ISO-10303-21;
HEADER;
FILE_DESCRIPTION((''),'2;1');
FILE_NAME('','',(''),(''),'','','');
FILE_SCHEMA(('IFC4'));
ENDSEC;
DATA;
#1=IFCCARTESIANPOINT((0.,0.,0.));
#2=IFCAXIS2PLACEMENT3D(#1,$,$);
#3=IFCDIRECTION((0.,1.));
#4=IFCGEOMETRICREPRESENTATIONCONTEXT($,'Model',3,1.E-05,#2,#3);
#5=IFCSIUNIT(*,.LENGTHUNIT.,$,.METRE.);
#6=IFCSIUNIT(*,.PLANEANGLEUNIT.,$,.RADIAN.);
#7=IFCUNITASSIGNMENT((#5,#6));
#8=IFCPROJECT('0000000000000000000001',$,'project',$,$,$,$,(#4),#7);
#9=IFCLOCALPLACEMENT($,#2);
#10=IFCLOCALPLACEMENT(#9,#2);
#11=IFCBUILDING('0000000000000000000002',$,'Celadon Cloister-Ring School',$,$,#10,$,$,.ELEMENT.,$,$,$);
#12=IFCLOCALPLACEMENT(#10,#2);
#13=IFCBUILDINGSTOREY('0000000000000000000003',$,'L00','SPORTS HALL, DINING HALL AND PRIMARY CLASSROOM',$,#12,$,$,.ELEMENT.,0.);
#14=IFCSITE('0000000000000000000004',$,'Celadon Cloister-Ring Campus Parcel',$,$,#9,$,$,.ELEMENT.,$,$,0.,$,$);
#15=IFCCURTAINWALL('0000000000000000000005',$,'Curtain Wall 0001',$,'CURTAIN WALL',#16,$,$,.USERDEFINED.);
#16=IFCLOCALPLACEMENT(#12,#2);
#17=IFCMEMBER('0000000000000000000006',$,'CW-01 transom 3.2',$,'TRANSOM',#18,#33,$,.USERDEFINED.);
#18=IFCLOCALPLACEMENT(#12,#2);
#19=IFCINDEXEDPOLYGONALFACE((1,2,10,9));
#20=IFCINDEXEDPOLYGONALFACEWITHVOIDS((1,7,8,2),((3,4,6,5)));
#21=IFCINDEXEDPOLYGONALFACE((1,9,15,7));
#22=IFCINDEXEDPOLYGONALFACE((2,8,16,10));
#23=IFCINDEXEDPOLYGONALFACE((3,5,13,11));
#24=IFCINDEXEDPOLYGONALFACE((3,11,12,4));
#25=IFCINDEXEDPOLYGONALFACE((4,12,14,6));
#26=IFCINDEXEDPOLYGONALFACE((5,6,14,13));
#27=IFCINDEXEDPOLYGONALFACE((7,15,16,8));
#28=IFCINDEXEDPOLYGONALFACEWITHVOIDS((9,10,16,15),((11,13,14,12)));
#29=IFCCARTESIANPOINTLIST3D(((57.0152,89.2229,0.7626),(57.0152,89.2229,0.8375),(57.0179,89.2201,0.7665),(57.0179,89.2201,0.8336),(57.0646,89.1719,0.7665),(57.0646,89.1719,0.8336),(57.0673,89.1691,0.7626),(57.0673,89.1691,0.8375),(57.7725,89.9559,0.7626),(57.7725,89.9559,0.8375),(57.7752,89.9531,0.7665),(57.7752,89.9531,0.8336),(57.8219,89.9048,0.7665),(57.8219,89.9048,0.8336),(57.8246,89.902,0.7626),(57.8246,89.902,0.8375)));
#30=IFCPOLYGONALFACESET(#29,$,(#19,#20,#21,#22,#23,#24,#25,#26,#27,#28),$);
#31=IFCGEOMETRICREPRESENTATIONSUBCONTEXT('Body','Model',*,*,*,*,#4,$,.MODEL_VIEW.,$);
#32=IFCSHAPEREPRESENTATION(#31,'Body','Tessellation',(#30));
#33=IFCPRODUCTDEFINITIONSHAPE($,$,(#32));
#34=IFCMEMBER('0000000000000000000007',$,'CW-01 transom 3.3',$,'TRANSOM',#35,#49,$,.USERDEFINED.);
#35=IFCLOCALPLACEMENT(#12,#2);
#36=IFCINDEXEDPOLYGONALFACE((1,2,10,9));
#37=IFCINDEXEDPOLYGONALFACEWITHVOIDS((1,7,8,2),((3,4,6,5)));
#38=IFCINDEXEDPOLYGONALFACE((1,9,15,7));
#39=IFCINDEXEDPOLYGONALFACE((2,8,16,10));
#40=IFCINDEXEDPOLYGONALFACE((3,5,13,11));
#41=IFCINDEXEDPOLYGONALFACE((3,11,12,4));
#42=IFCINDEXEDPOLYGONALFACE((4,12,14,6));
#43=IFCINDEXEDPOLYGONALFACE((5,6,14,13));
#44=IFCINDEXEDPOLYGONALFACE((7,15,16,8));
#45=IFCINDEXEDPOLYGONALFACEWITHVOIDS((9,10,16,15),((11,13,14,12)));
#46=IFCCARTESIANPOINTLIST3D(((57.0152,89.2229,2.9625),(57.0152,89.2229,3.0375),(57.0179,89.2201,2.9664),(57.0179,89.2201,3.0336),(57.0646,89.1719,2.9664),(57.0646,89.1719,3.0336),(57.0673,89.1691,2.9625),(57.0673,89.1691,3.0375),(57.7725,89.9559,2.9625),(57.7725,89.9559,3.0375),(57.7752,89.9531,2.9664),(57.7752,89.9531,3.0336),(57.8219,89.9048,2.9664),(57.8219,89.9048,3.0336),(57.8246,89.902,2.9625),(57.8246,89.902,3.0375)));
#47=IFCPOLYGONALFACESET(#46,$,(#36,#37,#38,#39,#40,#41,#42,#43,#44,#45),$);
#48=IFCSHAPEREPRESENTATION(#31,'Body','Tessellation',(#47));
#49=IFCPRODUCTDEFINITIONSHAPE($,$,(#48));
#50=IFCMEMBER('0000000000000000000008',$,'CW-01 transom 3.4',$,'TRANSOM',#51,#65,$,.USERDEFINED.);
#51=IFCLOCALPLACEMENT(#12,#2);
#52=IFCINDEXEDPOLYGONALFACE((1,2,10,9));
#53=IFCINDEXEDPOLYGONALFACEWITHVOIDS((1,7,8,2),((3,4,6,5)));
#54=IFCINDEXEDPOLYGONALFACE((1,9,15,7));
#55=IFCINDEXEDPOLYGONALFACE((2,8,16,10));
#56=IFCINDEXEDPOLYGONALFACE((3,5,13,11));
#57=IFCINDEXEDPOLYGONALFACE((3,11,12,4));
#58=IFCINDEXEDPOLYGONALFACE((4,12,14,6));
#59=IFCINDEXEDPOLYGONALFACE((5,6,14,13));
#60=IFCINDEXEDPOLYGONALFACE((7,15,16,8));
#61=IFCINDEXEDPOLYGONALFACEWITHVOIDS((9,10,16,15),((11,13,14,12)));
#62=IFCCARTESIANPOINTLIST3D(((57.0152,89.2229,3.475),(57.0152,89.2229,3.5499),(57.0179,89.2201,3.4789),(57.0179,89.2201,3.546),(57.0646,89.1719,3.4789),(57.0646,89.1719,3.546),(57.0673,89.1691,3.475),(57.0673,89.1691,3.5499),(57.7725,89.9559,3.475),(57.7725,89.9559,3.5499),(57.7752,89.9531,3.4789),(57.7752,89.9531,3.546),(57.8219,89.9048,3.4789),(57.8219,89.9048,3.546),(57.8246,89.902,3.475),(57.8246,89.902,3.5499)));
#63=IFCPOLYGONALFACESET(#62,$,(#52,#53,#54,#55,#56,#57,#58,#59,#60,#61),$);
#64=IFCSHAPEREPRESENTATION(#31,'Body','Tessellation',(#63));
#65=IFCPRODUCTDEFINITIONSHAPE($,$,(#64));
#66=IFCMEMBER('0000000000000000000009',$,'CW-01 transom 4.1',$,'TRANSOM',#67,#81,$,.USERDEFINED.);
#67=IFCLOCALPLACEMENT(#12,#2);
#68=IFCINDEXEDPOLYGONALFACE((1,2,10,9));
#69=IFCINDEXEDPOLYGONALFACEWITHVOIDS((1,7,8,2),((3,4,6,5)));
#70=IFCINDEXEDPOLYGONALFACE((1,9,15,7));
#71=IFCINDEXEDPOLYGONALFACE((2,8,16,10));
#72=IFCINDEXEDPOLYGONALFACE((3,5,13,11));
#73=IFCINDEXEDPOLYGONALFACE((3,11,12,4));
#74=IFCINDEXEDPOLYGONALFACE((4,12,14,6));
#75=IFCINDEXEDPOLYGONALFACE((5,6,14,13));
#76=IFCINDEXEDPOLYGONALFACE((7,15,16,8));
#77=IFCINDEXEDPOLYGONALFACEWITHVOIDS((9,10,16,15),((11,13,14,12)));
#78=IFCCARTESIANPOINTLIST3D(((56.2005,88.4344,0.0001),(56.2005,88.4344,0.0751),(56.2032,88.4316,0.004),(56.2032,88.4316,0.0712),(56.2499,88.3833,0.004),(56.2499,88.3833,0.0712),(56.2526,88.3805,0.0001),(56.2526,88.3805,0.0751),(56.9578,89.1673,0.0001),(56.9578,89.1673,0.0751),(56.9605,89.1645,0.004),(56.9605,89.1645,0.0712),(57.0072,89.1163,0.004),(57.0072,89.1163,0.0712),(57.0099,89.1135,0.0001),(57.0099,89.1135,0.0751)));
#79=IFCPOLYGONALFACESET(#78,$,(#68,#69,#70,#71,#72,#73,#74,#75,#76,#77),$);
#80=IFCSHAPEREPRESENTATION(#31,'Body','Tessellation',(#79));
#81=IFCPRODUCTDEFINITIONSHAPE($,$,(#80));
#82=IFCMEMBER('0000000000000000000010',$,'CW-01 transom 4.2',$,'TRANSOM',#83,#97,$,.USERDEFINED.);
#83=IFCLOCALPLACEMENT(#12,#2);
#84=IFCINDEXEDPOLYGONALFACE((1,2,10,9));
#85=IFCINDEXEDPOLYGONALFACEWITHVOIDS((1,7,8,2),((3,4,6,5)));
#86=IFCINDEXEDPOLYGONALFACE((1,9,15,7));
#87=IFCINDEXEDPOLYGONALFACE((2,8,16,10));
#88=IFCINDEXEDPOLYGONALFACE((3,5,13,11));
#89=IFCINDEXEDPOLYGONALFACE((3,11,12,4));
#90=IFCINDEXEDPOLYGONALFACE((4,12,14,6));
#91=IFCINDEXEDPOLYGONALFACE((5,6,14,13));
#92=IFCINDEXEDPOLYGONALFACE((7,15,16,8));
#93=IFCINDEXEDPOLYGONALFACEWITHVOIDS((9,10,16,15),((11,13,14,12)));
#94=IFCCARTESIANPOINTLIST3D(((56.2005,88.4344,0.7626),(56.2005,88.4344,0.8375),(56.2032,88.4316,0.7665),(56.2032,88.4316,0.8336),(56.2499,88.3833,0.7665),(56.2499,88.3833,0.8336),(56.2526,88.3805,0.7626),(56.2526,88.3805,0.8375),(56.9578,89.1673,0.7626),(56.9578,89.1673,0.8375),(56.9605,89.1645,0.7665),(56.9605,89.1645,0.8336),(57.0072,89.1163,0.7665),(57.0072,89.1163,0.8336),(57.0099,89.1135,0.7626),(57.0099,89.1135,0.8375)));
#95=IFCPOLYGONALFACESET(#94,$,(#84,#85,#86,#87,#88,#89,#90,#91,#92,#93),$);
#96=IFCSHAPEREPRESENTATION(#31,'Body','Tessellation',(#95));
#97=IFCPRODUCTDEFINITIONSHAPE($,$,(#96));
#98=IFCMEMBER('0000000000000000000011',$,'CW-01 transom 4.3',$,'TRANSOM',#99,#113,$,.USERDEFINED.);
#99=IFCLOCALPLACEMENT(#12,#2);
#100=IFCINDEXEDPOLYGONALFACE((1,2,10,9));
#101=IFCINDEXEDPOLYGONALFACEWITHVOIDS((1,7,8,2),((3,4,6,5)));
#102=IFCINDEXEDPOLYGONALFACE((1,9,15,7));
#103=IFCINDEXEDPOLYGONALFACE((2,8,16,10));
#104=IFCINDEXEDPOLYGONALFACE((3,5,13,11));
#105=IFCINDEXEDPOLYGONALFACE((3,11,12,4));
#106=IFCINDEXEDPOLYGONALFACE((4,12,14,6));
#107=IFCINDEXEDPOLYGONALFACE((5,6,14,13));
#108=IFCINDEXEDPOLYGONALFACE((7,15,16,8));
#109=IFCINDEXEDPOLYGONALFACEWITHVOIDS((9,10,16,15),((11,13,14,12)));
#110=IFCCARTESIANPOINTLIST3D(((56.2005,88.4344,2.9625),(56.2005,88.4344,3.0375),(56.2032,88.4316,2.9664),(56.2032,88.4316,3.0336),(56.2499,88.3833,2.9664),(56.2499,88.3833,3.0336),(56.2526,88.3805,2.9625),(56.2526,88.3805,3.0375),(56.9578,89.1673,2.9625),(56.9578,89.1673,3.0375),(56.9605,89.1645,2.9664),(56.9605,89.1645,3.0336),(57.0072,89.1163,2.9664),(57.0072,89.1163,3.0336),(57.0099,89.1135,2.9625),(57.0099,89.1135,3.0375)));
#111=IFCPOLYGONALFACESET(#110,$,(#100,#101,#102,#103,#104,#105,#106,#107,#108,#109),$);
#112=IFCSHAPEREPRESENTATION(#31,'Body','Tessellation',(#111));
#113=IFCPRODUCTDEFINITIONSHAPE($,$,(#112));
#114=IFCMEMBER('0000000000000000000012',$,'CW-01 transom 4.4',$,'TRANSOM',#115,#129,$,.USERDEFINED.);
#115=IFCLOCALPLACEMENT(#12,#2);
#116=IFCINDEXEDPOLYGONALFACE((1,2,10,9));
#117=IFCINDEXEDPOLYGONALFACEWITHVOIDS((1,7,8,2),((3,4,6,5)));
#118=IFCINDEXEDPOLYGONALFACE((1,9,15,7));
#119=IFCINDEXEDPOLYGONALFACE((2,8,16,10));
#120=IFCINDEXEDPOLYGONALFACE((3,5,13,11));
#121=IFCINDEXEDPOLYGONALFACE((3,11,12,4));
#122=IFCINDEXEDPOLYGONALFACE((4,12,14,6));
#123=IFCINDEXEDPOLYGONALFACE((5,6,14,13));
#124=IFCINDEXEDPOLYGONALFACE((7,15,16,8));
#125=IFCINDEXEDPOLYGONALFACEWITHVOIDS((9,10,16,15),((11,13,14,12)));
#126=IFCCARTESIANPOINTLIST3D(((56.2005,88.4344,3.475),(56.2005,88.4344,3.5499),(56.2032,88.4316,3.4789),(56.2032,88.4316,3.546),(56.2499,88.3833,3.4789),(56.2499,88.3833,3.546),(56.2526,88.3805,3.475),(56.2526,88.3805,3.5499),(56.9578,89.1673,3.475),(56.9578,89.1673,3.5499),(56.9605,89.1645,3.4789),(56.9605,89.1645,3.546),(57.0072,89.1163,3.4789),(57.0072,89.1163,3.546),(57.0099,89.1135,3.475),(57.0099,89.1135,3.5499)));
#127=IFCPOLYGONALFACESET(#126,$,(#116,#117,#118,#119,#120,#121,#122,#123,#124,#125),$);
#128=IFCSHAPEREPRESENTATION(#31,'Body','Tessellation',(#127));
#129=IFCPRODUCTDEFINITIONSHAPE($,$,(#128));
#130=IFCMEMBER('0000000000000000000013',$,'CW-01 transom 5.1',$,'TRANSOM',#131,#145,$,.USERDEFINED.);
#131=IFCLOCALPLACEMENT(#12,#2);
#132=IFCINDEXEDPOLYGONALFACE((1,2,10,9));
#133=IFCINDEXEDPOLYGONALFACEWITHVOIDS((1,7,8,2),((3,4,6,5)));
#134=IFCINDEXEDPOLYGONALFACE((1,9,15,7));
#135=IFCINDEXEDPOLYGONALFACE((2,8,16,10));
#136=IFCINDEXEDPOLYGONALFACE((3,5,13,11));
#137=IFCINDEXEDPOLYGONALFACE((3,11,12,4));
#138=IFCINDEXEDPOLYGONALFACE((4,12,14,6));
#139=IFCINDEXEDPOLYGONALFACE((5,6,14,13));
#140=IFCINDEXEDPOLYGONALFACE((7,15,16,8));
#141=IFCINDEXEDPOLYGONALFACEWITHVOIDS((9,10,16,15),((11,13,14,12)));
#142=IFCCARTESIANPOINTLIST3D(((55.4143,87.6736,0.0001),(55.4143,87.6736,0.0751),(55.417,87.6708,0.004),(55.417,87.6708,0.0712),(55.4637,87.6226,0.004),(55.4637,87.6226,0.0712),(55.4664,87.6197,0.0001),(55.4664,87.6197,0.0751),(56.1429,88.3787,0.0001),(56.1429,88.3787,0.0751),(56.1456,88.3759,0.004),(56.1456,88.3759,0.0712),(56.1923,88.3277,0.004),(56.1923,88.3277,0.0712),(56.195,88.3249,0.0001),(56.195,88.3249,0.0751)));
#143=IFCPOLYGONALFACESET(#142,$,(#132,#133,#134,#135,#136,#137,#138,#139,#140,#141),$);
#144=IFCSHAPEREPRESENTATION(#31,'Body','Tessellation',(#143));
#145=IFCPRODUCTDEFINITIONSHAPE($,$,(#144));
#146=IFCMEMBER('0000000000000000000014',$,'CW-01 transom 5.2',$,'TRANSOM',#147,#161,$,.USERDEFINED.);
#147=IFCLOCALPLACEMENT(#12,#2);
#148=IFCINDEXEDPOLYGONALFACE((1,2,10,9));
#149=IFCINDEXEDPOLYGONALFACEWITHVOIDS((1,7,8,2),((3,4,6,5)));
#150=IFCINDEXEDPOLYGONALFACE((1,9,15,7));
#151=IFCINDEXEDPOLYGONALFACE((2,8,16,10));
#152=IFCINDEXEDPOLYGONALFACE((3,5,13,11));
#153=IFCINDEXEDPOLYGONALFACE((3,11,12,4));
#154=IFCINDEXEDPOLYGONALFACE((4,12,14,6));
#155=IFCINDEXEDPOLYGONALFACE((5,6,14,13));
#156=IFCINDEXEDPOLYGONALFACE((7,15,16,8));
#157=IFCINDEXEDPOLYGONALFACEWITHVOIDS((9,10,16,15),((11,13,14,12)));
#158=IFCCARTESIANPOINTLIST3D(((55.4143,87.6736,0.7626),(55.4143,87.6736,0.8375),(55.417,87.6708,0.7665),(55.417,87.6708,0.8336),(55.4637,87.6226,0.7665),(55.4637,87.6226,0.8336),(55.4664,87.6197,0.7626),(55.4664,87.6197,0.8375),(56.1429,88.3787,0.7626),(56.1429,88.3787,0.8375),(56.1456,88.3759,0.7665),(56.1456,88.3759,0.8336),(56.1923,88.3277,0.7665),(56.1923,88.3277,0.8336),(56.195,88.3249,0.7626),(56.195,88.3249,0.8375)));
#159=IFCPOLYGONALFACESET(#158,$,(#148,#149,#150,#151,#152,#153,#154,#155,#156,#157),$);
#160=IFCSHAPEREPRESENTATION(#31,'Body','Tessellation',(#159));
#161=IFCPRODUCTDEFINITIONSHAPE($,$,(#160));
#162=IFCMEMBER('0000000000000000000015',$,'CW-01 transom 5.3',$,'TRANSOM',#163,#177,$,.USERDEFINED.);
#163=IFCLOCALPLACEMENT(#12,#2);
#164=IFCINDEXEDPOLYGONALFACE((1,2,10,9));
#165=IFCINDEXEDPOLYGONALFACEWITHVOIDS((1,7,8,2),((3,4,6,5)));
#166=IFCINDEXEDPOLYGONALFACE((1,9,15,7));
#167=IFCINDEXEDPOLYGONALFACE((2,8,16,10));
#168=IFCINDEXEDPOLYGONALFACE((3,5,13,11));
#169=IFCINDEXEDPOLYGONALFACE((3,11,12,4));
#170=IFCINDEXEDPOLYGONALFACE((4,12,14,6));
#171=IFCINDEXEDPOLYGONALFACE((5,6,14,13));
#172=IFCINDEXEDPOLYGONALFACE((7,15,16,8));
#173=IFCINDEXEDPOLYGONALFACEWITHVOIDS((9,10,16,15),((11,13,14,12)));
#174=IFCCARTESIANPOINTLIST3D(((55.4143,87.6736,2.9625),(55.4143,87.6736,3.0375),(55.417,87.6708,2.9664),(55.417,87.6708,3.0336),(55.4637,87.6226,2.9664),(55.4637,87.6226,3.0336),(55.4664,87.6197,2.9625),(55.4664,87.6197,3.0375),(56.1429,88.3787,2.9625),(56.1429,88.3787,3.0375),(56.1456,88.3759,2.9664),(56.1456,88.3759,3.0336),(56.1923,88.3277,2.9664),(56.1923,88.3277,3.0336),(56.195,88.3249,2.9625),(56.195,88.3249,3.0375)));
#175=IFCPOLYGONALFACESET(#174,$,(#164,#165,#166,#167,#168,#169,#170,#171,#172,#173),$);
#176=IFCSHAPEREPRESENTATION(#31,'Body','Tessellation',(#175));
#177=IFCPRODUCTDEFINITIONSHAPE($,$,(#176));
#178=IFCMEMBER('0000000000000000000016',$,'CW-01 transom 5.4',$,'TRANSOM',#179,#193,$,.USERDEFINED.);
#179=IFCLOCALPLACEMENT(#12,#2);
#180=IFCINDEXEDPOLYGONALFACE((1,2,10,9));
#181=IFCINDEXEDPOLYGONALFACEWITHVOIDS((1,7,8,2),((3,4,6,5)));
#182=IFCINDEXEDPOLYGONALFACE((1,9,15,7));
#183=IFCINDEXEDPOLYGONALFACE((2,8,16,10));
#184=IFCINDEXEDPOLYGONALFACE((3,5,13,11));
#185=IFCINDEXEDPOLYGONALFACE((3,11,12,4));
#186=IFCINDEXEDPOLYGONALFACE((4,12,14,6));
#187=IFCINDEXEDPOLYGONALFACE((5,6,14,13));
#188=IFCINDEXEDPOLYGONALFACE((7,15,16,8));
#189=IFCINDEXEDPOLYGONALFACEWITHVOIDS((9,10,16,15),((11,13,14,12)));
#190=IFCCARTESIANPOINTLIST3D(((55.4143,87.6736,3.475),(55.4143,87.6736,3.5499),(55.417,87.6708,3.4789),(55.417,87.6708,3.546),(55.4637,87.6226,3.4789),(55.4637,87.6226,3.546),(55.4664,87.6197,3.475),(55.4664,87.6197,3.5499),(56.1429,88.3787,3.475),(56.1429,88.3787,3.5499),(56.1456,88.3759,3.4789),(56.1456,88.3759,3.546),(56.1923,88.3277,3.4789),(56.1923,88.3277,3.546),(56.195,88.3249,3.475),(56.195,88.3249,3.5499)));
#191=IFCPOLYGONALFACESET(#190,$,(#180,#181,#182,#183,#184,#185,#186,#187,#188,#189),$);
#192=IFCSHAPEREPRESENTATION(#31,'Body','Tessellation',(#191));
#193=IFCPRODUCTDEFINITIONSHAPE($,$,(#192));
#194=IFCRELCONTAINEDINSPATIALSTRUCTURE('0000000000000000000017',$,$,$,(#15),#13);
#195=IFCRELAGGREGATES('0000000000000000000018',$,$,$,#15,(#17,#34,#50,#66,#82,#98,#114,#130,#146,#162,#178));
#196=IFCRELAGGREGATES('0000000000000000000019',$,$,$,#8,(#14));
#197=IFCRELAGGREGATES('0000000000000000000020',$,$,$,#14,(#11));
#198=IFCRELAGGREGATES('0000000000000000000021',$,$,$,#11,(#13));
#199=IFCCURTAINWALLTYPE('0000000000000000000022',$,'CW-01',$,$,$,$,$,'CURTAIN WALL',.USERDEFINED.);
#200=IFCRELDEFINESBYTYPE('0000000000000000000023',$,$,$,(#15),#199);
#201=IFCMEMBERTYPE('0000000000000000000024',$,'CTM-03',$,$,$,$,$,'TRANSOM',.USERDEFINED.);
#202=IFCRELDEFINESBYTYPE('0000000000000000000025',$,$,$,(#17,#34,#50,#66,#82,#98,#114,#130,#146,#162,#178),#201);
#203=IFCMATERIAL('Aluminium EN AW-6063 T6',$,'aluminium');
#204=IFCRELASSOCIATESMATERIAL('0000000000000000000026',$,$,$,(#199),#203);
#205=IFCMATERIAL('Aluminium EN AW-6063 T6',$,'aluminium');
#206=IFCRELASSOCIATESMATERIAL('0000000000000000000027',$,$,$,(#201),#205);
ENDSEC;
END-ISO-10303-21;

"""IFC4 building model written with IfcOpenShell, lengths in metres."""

from ifc_helpers import new_model, si_unit, direction, frame, origin, origin_2d, place, context, subcontext, project, spatial, hollow_rectangle, extrude, material, material_profile, profile_set, type_object, element, aggregate, save


model = new_model("IFC4")

# Units and contexts
model_context = context("Model", 3, precision=1e-05, world=origin(), true_north=direction((0.0, 1.0)))
body_context = subcontext(model_context, "Body", "Model", "MODEL_VIEW")
ifc_project = project(units=[si_unit("LENGTHUNIT", "METRE"), si_unit("PLANEANGLEUNIT", "RADIAN")], contexts=[model_context])

# Site, building, storey
site_placement = place(None, origin())
site = spatial("IfcSite", under=ifc_project, at=site_placement, Name="Celadon Cloister-Ring Campus Parcel", CompositionType="ELEMENT", RefElevation=0.0)
building_placement = place(site_placement, origin())
building = spatial("IfcBuilding", under=site, at=building_placement, Name="Celadon Cloister-Ring School", CompositionType="ELEMENT")
storey_placement = place(building_placement, origin())
storey = spatial("IfcBuildingStorey", under=building, at=storey_placement, Name="L00", Description="SPORTS HALL, DINING HALL AND PRIMARY CLASSROOM", CompositionType="ELEMENT", Elevation=0.0)

# Curtain wall, members
ifc_material_1 = material(Name="Aluminium EN AW-6063 T6", Category="aluminium")
curtain_wall_type = type_object("IfcCurtainWallType", Name="CW-01", ElementType="CURTAIN WALL", PredefinedType="USERDEFINED", material=ifc_material_1)
curtain_wall_placement = place(storey_placement, origin())
curtain_wall = element("IfcCurtainWall", 1, at=curtain_wall_placement, inside=storey, type_object=curtain_wall_type, Name="Curtain Wall 0001", ObjectType="CURTAIN WALL", PredefinedType="USERDEFINED")
ifc_material_2 = material(Name="Aluminium EN AW-6063 T6", Category="aluminium")
ifc_material_profile_1 = material_profile(ifc_material_2, hollow_rectangle(XDim=0.075, YDim=0.075, WallThickness=0.0039, at=origin_2d()), Name="RHS75X75X4")
ifc_profile_set_1 = profile_set([ifc_material_profile_1], Name="Aluminium EN AW-6063 T6")
member_type_1 = type_object("IfcMemberType", Name="CTM-03", ElementType="TRANSOM", PredefinedType="USERDEFINED", material=ifc_profile_set_1)
member_1_placement = place(storey_placement, frame((57.7986, 89.929, 0.8), z_axis=(-0.718595, -0.695429, 0.0), x_axis=(0.695429, -0.718595, 0.0)))
member_1 = element("IfcMember", 2, at=member_1_placement, type_object=member_type_1, Name="CW-01 transom 3.2", ObjectType="TRANSOM", PredefinedType="USERDEFINED", context=body_context, shape_type="SweptSolid", body=[
    extrude(hollow_rectangle(XDim=0.075, YDim=0.075, WallThickness=0.0039, at=origin_2d()), origin(), (0.0, 0.0, 1.0), 1.054),
])
member_2_placement = place(storey_placement, frame((57.7986, 89.929, 3.0), z_axis=(-0.718595, -0.695429, 0.0), x_axis=(0.695429, -0.718595, 0.0)))
member_2 = element("IfcMember", 3, at=member_2_placement, type_object=member_type_1, Name="CW-01 transom 3.3", ObjectType="TRANSOM", PredefinedType="USERDEFINED", context=body_context, shape_type="SweptSolid", body=[
    extrude(hollow_rectangle(XDim=0.075, YDim=0.075, WallThickness=0.0039, at=origin_2d()), origin(), (0.0, 0.0, 1.0), 1.054),
])
member_3_placement = place(storey_placement, frame((57.7986, 89.929, 3.5125), z_axis=(-0.718595, -0.695429, 0.0), x_axis=(0.695429, -0.718595, 0.0)))
member_3 = element("IfcMember", 4, at=member_3_placement, type_object=member_type_1, Name="CW-01 transom 3.4", ObjectType="TRANSOM", PredefinedType="USERDEFINED", context=body_context, shape_type="SweptSolid", body=[
    extrude(hollow_rectangle(XDim=0.075, YDim=0.075, WallThickness=0.0039, at=origin_2d()), origin(), (0.0, 0.0, 1.0), 1.054),
])
member_4_placement = place(storey_placement, frame((56.9839, 89.1404, 0.0376), z_axis=(-0.718595, -0.695429, 0.0), x_axis=(0.695429, -0.718595, 0.0)))
member_4 = element("IfcMember", 5, at=member_4_placement, type_object=member_type_1, Name="CW-01 transom 4.1", ObjectType="TRANSOM", PredefinedType="USERDEFINED", context=body_context, shape_type="SweptSolid", body=[
    extrude(hollow_rectangle(XDim=0.075, YDim=0.075, WallThickness=0.0039, at=origin_2d()), origin(), (0.0, 0.0, 1.0), 1.054),
])
member_5_placement = place(storey_placement, frame((56.9839, 89.1404, 0.8), z_axis=(-0.718595, -0.695429, 0.0), x_axis=(0.695429, -0.718595, 0.0)))
member_5 = element("IfcMember", 6, at=member_5_placement, type_object=member_type_1, Name="CW-01 transom 4.2", ObjectType="TRANSOM", PredefinedType="USERDEFINED", context=body_context, shape_type="SweptSolid", body=[
    extrude(hollow_rectangle(XDim=0.075, YDim=0.075, WallThickness=0.0039, at=origin_2d()), origin(), (0.0, 0.0, 1.0), 1.054),
])
member_6_placement = place(storey_placement, frame((56.9839, 89.1404, 3.0), z_axis=(-0.718595, -0.695429, 0.0), x_axis=(0.695429, -0.718595, 0.0)))
member_6 = element("IfcMember", 7, at=member_6_placement, type_object=member_type_1, Name="CW-01 transom 4.3", ObjectType="TRANSOM", PredefinedType="USERDEFINED", context=body_context, shape_type="SweptSolid", body=[
    extrude(hollow_rectangle(XDim=0.075, YDim=0.075, WallThickness=0.0039, at=origin_2d()), origin(), (0.0, 0.0, 1.0), 1.054),
])
member_7_placement = place(storey_placement, frame((56.9839, 89.1404, 3.5125), z_axis=(-0.718595, -0.695429, 0.0), x_axis=(0.695429, -0.718595, 0.0)))
member_7 = element("IfcMember", 8, at=member_7_placement, type_object=member_type_1, Name="CW-01 transom 4.4", ObjectType="TRANSOM", PredefinedType="USERDEFINED", context=body_context, shape_type="SweptSolid", body=[
    extrude(hollow_rectangle(XDim=0.075, YDim=0.075, WallThickness=0.0039, at=origin_2d()), origin(), (0.0, 0.0, 1.0), 1.054),
])
member_8_placement = place(storey_placement, frame((56.1689, 88.3518, 0.0376), z_axis=(-0.718571, -0.695454, 0.0), x_axis=(0.695454, -0.718571, 0.0)))
member_8 = element("IfcMember", 9, at=member_8_placement, type_object=member_type_1, Name="CW-01 transom 5.1", ObjectType="TRANSOM", PredefinedType="USERDEFINED", context=body_context, shape_type="SweptSolid", body=[
    extrude(hollow_rectangle(XDim=0.075, YDim=0.075, WallThickness=0.0039, at=origin_2d()), origin(), (0.0, 0.0, 1.0), 1.0139),
])
member_9_placement = place(storey_placement, frame((56.1689, 88.3518, 0.8), z_axis=(-0.718571, -0.695454, 0.0), x_axis=(0.695454, -0.718571, 0.0)))
member_9 = element("IfcMember", 10, at=member_9_placement, type_object=member_type_1, Name="CW-01 transom 5.2", ObjectType="TRANSOM", PredefinedType="USERDEFINED", context=body_context, shape_type="SweptSolid", body=[
    extrude(hollow_rectangle(XDim=0.075, YDim=0.075, WallThickness=0.0039, at=origin_2d()), origin(), (0.0, 0.0, 1.0), 1.0139),
])
member_10_placement = place(storey_placement, frame((56.1689, 88.3518, 3.0), z_axis=(-0.718571, -0.695454, 0.0), x_axis=(0.695454, -0.718571, 0.0)))
member_10 = element("IfcMember", 11, at=member_10_placement, type_object=member_type_1, Name="CW-01 transom 5.3", ObjectType="TRANSOM", PredefinedType="USERDEFINED", context=body_context, shape_type="SweptSolid", body=[
    extrude(hollow_rectangle(XDim=0.075, YDim=0.075, WallThickness=0.0039, at=origin_2d()), origin(), (0.0, 0.0, 1.0), 1.0139),
])
member_11_placement = place(storey_placement, frame((56.1689, 88.3518, 3.5125), z_axis=(-0.718571, -0.695454, 0.0), x_axis=(0.695454, -0.718571, 0.0)))
member_11 = element("IfcMember", 12, at=member_11_placement, type_object=member_type_1, Name="CW-01 transom 5.4", ObjectType="TRANSOM", PredefinedType="USERDEFINED", context=body_context, shape_type="SweptSolid", body=[
    extrude(hollow_rectangle(XDim=0.075, YDim=0.075, WallThickness=0.0039, at=origin_2d()), origin(), (0.0, 0.0, 1.0), 1.0139),
])

aggregate(curtain_wall, [member_1, member_2, member_3, member_4, member_5, member_6, member_7, member_8, member_9, member_10, member_11])

save(model, "model.ifc")
